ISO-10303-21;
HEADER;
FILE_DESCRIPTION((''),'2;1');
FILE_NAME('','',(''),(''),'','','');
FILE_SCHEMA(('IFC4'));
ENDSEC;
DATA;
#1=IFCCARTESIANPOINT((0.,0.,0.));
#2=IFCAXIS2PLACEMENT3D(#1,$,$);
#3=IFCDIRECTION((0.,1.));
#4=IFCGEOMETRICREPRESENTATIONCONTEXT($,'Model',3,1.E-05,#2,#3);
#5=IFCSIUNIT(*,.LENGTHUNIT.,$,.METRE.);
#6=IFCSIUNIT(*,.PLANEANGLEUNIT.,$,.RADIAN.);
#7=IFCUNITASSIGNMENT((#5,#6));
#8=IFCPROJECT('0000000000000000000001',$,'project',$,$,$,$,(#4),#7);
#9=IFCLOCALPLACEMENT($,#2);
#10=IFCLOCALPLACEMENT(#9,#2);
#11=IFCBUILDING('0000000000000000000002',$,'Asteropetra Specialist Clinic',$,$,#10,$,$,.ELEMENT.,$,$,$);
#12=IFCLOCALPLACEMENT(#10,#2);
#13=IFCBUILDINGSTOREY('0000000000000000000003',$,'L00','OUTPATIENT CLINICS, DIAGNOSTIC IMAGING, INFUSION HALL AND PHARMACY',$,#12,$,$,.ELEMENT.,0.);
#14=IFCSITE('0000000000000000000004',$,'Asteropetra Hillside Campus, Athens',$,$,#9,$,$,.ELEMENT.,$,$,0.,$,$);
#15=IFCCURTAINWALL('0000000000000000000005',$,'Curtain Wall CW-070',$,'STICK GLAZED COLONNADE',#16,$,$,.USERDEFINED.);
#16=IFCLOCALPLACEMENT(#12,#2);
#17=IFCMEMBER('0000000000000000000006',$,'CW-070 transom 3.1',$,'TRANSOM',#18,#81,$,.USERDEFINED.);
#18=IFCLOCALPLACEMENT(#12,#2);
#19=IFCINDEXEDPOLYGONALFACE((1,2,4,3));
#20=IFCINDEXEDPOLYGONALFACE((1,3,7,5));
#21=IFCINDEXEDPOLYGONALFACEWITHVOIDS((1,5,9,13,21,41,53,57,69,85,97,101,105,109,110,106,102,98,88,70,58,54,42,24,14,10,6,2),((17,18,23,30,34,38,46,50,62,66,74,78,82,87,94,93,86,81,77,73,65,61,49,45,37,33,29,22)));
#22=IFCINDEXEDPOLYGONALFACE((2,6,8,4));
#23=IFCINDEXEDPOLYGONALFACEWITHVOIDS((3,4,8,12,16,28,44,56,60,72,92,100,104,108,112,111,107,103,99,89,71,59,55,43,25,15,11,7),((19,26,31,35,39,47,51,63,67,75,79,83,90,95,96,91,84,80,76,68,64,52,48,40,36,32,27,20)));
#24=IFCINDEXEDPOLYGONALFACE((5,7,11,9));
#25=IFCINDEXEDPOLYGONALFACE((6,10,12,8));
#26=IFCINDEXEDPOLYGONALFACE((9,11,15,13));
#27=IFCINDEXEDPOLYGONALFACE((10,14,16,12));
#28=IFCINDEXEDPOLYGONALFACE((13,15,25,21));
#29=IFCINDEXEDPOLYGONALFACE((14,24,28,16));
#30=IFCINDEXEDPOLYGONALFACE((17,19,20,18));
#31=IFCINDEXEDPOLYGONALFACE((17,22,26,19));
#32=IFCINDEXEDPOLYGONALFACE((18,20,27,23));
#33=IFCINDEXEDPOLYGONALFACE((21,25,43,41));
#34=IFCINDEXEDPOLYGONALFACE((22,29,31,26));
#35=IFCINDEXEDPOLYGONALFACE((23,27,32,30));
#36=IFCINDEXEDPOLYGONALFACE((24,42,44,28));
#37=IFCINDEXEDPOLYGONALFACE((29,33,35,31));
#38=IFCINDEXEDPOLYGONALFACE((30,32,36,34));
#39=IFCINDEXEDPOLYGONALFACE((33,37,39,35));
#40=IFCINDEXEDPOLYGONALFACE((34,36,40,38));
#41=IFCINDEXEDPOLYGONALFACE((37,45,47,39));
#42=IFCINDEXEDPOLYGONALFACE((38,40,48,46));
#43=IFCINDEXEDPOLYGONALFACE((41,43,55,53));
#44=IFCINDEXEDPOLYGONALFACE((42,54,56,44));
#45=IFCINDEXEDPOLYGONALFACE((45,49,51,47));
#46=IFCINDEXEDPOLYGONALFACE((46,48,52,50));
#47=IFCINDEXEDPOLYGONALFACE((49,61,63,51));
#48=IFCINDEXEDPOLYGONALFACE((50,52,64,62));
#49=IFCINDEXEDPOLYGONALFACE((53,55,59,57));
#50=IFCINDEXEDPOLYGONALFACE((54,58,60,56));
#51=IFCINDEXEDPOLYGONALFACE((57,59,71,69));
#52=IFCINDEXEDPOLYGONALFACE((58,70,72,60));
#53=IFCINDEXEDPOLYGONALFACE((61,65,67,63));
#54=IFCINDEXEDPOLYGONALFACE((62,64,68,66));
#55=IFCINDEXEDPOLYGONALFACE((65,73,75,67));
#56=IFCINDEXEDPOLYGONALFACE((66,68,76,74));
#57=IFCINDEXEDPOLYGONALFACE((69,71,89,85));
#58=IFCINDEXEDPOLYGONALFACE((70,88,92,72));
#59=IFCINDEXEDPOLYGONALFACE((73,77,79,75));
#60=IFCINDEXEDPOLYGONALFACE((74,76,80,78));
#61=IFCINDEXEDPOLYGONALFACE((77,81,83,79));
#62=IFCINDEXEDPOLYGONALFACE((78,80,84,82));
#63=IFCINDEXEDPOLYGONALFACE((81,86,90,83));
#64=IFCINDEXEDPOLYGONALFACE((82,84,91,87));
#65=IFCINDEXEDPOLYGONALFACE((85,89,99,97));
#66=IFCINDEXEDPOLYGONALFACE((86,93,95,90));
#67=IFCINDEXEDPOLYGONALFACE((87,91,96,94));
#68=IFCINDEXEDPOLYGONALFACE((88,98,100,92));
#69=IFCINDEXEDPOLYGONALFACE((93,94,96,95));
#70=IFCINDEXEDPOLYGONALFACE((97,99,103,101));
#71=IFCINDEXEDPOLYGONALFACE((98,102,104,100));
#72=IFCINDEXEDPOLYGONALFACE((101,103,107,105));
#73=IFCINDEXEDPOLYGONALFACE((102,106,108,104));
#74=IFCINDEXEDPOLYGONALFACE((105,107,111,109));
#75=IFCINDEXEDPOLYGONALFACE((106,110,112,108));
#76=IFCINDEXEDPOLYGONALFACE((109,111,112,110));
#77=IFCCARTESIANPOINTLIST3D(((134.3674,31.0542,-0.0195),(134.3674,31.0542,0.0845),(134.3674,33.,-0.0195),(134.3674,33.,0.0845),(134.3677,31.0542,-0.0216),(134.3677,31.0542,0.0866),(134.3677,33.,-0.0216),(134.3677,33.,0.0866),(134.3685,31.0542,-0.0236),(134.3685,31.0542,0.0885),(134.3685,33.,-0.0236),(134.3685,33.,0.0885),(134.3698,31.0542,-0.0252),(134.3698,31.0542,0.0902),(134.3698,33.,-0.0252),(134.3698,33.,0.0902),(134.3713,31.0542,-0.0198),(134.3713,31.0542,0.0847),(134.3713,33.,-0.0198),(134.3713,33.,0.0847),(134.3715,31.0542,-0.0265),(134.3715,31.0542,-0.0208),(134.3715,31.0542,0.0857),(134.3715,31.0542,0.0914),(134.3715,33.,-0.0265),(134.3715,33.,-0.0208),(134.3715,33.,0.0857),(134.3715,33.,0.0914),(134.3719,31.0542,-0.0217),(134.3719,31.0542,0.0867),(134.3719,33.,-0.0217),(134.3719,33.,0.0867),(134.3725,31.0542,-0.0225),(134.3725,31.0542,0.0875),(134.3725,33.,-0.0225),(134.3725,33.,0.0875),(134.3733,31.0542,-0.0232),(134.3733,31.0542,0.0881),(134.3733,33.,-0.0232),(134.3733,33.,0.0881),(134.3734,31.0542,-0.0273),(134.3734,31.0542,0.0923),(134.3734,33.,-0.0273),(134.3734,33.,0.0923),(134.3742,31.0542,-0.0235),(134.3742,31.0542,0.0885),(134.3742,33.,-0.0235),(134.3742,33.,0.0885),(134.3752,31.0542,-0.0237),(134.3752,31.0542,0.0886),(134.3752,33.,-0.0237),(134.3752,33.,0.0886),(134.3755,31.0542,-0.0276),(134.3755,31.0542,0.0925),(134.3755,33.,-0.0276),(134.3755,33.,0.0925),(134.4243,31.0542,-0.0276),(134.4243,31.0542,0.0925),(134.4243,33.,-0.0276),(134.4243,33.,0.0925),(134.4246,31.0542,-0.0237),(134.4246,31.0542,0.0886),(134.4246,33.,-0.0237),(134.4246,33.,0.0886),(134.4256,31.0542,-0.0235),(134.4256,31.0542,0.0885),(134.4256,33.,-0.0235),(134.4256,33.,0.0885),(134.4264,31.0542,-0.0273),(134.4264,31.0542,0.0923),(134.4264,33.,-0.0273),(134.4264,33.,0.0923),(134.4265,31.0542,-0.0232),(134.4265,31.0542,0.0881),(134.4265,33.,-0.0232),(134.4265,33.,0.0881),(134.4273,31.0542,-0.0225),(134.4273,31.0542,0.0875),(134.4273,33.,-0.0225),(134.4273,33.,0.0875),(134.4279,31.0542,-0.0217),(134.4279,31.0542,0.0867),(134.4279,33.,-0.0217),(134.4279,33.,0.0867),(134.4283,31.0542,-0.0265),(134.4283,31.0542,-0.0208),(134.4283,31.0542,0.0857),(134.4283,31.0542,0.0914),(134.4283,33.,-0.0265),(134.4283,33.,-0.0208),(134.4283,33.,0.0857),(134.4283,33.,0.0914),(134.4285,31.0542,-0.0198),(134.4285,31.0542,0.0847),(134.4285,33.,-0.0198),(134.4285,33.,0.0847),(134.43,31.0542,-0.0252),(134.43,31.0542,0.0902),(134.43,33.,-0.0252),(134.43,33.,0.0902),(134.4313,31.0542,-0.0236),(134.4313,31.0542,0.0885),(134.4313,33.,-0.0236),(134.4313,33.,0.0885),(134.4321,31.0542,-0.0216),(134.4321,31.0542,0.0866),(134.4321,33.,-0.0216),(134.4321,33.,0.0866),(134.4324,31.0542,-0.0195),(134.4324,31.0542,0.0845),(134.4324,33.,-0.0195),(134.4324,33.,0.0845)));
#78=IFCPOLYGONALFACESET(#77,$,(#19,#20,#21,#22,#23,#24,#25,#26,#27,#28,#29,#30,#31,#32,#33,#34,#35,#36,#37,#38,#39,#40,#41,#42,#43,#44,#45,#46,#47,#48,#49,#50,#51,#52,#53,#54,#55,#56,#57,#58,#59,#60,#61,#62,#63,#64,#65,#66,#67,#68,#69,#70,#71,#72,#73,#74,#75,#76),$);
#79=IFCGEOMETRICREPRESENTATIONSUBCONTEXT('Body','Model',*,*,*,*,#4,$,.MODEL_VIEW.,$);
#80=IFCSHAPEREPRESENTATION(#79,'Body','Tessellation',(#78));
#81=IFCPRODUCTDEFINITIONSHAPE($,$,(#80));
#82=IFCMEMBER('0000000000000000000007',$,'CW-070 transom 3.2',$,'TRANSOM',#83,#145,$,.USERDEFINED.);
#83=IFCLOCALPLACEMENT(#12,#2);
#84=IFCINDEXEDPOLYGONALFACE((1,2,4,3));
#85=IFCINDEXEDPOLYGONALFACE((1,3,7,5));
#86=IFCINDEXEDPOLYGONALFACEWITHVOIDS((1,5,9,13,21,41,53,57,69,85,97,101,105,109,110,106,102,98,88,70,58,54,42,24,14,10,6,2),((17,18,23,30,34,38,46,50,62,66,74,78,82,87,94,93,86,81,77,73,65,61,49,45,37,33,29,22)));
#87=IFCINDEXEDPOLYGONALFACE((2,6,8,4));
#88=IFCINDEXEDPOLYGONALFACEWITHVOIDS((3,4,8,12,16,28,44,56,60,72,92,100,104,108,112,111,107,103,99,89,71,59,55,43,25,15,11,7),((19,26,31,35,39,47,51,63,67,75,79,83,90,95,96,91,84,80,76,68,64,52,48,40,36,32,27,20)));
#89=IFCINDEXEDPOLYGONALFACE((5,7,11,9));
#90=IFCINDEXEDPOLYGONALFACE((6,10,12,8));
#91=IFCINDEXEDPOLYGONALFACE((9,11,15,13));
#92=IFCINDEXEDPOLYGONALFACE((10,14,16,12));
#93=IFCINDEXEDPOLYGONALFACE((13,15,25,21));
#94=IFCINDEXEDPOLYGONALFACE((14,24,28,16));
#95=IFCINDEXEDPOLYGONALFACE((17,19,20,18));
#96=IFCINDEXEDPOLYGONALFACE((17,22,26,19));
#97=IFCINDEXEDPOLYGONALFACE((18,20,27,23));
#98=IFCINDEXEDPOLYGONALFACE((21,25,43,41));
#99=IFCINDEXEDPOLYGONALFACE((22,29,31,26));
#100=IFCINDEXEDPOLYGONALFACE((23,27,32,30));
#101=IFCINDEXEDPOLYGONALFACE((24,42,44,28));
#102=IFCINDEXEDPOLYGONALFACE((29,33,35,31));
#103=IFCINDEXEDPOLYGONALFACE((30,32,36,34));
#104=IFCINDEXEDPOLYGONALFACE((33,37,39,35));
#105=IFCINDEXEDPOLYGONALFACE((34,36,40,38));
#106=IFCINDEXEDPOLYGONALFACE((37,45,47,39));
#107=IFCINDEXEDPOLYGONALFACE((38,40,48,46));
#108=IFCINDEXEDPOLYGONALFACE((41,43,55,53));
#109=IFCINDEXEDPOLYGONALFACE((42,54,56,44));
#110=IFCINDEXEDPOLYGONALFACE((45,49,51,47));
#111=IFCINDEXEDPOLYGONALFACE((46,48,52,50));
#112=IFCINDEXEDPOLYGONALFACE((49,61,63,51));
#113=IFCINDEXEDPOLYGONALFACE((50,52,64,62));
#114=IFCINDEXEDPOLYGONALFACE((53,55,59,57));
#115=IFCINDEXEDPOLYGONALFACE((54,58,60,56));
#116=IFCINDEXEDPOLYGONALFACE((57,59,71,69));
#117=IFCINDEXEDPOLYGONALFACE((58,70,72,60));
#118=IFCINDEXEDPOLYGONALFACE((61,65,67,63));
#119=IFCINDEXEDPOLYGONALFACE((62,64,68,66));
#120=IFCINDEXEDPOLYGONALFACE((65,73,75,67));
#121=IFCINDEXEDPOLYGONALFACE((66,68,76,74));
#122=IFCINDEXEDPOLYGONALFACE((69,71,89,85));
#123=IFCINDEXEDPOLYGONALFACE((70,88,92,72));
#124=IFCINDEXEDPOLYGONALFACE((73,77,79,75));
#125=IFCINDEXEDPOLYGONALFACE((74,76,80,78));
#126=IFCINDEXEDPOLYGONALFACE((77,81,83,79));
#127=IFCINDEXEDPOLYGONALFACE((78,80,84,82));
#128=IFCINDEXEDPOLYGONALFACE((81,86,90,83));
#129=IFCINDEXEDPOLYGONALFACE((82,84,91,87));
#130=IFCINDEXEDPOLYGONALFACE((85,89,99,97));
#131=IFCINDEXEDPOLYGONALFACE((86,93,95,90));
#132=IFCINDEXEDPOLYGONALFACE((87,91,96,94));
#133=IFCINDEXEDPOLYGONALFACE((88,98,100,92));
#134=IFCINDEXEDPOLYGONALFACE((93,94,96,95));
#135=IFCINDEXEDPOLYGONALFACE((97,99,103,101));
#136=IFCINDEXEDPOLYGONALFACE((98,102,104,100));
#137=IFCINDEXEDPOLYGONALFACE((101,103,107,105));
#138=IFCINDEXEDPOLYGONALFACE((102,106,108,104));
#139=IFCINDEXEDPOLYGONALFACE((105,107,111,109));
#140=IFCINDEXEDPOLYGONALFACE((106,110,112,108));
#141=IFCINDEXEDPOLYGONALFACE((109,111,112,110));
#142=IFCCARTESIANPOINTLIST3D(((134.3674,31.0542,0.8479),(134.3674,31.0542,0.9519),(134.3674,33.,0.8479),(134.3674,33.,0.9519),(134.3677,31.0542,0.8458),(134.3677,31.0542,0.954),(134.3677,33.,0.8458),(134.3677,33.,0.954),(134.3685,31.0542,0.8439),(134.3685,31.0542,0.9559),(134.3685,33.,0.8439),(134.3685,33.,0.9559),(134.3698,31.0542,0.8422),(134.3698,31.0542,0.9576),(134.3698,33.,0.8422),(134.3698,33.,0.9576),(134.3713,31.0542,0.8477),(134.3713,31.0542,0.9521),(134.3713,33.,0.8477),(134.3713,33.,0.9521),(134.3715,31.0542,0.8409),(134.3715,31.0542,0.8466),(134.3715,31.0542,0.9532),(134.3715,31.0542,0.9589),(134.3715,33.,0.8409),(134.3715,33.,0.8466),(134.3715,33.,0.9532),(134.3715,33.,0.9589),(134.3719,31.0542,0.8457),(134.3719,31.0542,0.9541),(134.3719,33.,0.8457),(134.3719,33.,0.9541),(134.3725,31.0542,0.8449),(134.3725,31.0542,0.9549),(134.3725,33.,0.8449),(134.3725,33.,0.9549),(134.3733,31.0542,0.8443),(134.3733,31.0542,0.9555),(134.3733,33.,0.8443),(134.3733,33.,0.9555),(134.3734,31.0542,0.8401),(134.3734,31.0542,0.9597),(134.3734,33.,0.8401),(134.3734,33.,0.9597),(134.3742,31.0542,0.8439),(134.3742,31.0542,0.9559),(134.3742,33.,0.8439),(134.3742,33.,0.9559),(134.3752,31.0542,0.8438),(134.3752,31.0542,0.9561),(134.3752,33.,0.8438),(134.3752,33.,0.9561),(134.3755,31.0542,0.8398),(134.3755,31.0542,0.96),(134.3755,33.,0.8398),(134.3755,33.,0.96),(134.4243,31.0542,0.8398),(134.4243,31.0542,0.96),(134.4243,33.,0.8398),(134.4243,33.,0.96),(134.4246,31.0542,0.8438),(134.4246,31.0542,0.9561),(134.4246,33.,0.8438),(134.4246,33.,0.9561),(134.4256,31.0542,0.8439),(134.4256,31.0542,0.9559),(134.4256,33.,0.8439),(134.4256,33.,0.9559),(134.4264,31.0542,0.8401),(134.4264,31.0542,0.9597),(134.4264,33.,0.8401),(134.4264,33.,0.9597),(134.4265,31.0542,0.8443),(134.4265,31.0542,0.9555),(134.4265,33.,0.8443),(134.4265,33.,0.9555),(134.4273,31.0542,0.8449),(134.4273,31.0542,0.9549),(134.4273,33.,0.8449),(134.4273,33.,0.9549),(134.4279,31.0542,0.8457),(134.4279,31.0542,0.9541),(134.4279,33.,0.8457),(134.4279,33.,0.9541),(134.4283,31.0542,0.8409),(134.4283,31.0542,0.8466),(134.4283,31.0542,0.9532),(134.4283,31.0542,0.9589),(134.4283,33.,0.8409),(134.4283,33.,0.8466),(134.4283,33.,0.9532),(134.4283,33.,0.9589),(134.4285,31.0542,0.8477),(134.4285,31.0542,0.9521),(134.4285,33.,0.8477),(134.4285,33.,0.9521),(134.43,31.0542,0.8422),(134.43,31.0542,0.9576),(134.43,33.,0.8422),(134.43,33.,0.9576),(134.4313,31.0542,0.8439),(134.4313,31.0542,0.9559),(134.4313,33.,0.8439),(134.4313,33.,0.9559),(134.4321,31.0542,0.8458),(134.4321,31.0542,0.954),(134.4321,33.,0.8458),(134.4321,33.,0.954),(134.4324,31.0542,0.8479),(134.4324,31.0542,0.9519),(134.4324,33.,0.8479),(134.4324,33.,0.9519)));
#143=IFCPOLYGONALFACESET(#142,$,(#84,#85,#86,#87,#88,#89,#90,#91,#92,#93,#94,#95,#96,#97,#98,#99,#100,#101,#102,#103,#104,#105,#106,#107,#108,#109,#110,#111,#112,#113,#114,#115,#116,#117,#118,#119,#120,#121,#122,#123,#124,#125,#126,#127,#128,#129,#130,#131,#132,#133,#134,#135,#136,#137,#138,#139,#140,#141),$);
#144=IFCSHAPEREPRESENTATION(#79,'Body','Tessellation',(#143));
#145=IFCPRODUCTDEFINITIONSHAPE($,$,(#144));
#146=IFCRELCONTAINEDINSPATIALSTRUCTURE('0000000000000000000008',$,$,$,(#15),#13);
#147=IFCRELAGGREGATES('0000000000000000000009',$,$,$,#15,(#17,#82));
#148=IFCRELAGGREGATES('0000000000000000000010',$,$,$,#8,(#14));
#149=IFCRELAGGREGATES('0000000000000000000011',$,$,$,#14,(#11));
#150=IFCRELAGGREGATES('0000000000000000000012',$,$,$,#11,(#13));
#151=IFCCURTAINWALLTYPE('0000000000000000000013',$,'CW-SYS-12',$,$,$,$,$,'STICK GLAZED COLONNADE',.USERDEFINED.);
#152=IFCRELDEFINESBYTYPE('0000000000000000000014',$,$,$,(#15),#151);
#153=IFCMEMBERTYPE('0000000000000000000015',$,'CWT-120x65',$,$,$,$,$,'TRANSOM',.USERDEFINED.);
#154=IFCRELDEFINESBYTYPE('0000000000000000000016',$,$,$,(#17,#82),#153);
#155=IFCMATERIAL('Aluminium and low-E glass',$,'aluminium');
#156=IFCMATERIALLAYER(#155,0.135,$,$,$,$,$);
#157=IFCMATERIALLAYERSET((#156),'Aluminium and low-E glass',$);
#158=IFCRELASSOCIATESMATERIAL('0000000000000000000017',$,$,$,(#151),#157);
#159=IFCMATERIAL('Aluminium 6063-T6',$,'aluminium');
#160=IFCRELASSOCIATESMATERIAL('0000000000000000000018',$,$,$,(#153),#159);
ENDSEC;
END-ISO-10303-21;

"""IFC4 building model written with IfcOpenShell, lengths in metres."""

from ifc_helpers import new_model, si_unit, direction, frame, origin, origin_2d, place, context, subcontext, project, spatial, hollow_rectangle, extrude, material, layer, layer_set, material_profile, profile_set, type_object, element, aggregate, save


model = new_model("IFC4")

# Units and contexts
model_context = context("Model", 3, precision=1e-05, world=origin(), true_north=direction((0.0, 1.0)))
body_context = subcontext(model_context, "Body", "Model", "MODEL_VIEW")
ifc_project = project(units=[si_unit("LENGTHUNIT", "METRE"), si_unit("PLANEANGLEUNIT", "RADIAN")], contexts=[model_context])

# Site, building, storey
site_placement = place(None, origin())
site = spatial("IfcSite", under=ifc_project, at=site_placement, Name="Asteropetra Hillside Campus, Athens", CompositionType="ELEMENT", RefElevation=0.0)
building_placement = place(site_placement, origin())
building = spatial("IfcBuilding", under=site, at=building_placement, Name="Asteropetra Specialist Clinic", CompositionType="ELEMENT")
storey_placement = place(building_placement, origin())
storey = spatial("IfcBuildingStorey", under=building, at=storey_placement, Name="L00", Description="OUTPATIENT CLINICS, DIAGNOSTIC IMAGING, INFUSION HALL AND PHARMACY", CompositionType="ELEMENT", Elevation=0.0)

# Curtain wall, members
ifc_material_1 = material(Name="Aluminium and low-E glass", Category="aluminium")
ifc_layer_1 = layer(ifc_material_1, 0.135)
ifc_layer_set_1 = layer_set([ifc_layer_1], Name="Aluminium and low-E glass")
curtain_wall_type = type_object("IfcCurtainWallType", Name="CW-SYS-12", ElementType="STICK GLAZED COLONNADE", PredefinedType="USERDEFINED", material=ifc_layer_set_1)
curtain_wall_placement = place(storey_placement, origin())
curtain_wall = element("IfcCurtainWall", 1, at=curtain_wall_placement, inside=storey, type_object=curtain_wall_type, Name="Curtain Wall CW-070", ObjectType="STICK GLAZED COLONNADE", PredefinedType="USERDEFINED")
ifc_material_2 = material(Name="Aluminium 6063-T6", Category="aluminium")
ifc_material_profile_1 = material_profile(ifc_material_2, hollow_rectangle(XDim=0.0649, YDim=0.1201, WallThickness=0.0039, InnerFilletRadius=0.0039, OuterFilletRadius=0.0081, at=origin_2d()), Name="TRN 120x65x4.0")
ifc_profile_set_1 = profile_set([ifc_material_profile_1], Name="Aluminium 6063-T6")
member_type_1 = type_object("IfcMemberType", Name="CWT-120x65", ElementType="TRANSOM", PredefinedType="USERDEFINED", material=ifc_profile_set_1)
member_1_placement = place(storey_placement, frame((134.3999, 31.0542, 0.0325), z_axis=(0.0, 1.0, 0.0), x_axis=(-1.0, 0.0, 0.0)))
member_1 = element("IfcMember", 2, at=member_1_placement, type_object=member_type_1, Name="CW-070 transom 3.1", ObjectType="TRANSOM", PredefinedType="USERDEFINED", context=body_context, shape_type="SweptSolid", body=[
    extrude(hollow_rectangle(XDim=0.0649, YDim=0.1201, WallThickness=0.0039, InnerFilletRadius=0.0039, OuterFilletRadius=0.0081, at=origin_2d()), origin(), (0.0, 0.0, 1.0), 1.9458),
])
member_2_placement = place(storey_placement, frame((134.3999, 31.0542, 0.8999), z_axis=(0.0, 1.0, 0.0), x_axis=(-1.0, 0.0, 0.0)))
member_2 = element("IfcMember", 3, at=member_2_placement, type_object=member_type_1, Name="CW-070 transom 3.2", ObjectType="TRANSOM", PredefinedType="USERDEFINED", context=body_context, shape_type="SweptSolid", body=[
    extrude(hollow_rectangle(XDim=0.0649, YDim=0.1201, WallThickness=0.0039, InnerFilletRadius=0.0039, OuterFilletRadius=0.0081, at=origin_2d()), origin(), (0.0, 0.0, 1.0), 1.9458),
])
aggregate(curtain_wall, [member_1, member_2])

save(model, "model.ifc")
